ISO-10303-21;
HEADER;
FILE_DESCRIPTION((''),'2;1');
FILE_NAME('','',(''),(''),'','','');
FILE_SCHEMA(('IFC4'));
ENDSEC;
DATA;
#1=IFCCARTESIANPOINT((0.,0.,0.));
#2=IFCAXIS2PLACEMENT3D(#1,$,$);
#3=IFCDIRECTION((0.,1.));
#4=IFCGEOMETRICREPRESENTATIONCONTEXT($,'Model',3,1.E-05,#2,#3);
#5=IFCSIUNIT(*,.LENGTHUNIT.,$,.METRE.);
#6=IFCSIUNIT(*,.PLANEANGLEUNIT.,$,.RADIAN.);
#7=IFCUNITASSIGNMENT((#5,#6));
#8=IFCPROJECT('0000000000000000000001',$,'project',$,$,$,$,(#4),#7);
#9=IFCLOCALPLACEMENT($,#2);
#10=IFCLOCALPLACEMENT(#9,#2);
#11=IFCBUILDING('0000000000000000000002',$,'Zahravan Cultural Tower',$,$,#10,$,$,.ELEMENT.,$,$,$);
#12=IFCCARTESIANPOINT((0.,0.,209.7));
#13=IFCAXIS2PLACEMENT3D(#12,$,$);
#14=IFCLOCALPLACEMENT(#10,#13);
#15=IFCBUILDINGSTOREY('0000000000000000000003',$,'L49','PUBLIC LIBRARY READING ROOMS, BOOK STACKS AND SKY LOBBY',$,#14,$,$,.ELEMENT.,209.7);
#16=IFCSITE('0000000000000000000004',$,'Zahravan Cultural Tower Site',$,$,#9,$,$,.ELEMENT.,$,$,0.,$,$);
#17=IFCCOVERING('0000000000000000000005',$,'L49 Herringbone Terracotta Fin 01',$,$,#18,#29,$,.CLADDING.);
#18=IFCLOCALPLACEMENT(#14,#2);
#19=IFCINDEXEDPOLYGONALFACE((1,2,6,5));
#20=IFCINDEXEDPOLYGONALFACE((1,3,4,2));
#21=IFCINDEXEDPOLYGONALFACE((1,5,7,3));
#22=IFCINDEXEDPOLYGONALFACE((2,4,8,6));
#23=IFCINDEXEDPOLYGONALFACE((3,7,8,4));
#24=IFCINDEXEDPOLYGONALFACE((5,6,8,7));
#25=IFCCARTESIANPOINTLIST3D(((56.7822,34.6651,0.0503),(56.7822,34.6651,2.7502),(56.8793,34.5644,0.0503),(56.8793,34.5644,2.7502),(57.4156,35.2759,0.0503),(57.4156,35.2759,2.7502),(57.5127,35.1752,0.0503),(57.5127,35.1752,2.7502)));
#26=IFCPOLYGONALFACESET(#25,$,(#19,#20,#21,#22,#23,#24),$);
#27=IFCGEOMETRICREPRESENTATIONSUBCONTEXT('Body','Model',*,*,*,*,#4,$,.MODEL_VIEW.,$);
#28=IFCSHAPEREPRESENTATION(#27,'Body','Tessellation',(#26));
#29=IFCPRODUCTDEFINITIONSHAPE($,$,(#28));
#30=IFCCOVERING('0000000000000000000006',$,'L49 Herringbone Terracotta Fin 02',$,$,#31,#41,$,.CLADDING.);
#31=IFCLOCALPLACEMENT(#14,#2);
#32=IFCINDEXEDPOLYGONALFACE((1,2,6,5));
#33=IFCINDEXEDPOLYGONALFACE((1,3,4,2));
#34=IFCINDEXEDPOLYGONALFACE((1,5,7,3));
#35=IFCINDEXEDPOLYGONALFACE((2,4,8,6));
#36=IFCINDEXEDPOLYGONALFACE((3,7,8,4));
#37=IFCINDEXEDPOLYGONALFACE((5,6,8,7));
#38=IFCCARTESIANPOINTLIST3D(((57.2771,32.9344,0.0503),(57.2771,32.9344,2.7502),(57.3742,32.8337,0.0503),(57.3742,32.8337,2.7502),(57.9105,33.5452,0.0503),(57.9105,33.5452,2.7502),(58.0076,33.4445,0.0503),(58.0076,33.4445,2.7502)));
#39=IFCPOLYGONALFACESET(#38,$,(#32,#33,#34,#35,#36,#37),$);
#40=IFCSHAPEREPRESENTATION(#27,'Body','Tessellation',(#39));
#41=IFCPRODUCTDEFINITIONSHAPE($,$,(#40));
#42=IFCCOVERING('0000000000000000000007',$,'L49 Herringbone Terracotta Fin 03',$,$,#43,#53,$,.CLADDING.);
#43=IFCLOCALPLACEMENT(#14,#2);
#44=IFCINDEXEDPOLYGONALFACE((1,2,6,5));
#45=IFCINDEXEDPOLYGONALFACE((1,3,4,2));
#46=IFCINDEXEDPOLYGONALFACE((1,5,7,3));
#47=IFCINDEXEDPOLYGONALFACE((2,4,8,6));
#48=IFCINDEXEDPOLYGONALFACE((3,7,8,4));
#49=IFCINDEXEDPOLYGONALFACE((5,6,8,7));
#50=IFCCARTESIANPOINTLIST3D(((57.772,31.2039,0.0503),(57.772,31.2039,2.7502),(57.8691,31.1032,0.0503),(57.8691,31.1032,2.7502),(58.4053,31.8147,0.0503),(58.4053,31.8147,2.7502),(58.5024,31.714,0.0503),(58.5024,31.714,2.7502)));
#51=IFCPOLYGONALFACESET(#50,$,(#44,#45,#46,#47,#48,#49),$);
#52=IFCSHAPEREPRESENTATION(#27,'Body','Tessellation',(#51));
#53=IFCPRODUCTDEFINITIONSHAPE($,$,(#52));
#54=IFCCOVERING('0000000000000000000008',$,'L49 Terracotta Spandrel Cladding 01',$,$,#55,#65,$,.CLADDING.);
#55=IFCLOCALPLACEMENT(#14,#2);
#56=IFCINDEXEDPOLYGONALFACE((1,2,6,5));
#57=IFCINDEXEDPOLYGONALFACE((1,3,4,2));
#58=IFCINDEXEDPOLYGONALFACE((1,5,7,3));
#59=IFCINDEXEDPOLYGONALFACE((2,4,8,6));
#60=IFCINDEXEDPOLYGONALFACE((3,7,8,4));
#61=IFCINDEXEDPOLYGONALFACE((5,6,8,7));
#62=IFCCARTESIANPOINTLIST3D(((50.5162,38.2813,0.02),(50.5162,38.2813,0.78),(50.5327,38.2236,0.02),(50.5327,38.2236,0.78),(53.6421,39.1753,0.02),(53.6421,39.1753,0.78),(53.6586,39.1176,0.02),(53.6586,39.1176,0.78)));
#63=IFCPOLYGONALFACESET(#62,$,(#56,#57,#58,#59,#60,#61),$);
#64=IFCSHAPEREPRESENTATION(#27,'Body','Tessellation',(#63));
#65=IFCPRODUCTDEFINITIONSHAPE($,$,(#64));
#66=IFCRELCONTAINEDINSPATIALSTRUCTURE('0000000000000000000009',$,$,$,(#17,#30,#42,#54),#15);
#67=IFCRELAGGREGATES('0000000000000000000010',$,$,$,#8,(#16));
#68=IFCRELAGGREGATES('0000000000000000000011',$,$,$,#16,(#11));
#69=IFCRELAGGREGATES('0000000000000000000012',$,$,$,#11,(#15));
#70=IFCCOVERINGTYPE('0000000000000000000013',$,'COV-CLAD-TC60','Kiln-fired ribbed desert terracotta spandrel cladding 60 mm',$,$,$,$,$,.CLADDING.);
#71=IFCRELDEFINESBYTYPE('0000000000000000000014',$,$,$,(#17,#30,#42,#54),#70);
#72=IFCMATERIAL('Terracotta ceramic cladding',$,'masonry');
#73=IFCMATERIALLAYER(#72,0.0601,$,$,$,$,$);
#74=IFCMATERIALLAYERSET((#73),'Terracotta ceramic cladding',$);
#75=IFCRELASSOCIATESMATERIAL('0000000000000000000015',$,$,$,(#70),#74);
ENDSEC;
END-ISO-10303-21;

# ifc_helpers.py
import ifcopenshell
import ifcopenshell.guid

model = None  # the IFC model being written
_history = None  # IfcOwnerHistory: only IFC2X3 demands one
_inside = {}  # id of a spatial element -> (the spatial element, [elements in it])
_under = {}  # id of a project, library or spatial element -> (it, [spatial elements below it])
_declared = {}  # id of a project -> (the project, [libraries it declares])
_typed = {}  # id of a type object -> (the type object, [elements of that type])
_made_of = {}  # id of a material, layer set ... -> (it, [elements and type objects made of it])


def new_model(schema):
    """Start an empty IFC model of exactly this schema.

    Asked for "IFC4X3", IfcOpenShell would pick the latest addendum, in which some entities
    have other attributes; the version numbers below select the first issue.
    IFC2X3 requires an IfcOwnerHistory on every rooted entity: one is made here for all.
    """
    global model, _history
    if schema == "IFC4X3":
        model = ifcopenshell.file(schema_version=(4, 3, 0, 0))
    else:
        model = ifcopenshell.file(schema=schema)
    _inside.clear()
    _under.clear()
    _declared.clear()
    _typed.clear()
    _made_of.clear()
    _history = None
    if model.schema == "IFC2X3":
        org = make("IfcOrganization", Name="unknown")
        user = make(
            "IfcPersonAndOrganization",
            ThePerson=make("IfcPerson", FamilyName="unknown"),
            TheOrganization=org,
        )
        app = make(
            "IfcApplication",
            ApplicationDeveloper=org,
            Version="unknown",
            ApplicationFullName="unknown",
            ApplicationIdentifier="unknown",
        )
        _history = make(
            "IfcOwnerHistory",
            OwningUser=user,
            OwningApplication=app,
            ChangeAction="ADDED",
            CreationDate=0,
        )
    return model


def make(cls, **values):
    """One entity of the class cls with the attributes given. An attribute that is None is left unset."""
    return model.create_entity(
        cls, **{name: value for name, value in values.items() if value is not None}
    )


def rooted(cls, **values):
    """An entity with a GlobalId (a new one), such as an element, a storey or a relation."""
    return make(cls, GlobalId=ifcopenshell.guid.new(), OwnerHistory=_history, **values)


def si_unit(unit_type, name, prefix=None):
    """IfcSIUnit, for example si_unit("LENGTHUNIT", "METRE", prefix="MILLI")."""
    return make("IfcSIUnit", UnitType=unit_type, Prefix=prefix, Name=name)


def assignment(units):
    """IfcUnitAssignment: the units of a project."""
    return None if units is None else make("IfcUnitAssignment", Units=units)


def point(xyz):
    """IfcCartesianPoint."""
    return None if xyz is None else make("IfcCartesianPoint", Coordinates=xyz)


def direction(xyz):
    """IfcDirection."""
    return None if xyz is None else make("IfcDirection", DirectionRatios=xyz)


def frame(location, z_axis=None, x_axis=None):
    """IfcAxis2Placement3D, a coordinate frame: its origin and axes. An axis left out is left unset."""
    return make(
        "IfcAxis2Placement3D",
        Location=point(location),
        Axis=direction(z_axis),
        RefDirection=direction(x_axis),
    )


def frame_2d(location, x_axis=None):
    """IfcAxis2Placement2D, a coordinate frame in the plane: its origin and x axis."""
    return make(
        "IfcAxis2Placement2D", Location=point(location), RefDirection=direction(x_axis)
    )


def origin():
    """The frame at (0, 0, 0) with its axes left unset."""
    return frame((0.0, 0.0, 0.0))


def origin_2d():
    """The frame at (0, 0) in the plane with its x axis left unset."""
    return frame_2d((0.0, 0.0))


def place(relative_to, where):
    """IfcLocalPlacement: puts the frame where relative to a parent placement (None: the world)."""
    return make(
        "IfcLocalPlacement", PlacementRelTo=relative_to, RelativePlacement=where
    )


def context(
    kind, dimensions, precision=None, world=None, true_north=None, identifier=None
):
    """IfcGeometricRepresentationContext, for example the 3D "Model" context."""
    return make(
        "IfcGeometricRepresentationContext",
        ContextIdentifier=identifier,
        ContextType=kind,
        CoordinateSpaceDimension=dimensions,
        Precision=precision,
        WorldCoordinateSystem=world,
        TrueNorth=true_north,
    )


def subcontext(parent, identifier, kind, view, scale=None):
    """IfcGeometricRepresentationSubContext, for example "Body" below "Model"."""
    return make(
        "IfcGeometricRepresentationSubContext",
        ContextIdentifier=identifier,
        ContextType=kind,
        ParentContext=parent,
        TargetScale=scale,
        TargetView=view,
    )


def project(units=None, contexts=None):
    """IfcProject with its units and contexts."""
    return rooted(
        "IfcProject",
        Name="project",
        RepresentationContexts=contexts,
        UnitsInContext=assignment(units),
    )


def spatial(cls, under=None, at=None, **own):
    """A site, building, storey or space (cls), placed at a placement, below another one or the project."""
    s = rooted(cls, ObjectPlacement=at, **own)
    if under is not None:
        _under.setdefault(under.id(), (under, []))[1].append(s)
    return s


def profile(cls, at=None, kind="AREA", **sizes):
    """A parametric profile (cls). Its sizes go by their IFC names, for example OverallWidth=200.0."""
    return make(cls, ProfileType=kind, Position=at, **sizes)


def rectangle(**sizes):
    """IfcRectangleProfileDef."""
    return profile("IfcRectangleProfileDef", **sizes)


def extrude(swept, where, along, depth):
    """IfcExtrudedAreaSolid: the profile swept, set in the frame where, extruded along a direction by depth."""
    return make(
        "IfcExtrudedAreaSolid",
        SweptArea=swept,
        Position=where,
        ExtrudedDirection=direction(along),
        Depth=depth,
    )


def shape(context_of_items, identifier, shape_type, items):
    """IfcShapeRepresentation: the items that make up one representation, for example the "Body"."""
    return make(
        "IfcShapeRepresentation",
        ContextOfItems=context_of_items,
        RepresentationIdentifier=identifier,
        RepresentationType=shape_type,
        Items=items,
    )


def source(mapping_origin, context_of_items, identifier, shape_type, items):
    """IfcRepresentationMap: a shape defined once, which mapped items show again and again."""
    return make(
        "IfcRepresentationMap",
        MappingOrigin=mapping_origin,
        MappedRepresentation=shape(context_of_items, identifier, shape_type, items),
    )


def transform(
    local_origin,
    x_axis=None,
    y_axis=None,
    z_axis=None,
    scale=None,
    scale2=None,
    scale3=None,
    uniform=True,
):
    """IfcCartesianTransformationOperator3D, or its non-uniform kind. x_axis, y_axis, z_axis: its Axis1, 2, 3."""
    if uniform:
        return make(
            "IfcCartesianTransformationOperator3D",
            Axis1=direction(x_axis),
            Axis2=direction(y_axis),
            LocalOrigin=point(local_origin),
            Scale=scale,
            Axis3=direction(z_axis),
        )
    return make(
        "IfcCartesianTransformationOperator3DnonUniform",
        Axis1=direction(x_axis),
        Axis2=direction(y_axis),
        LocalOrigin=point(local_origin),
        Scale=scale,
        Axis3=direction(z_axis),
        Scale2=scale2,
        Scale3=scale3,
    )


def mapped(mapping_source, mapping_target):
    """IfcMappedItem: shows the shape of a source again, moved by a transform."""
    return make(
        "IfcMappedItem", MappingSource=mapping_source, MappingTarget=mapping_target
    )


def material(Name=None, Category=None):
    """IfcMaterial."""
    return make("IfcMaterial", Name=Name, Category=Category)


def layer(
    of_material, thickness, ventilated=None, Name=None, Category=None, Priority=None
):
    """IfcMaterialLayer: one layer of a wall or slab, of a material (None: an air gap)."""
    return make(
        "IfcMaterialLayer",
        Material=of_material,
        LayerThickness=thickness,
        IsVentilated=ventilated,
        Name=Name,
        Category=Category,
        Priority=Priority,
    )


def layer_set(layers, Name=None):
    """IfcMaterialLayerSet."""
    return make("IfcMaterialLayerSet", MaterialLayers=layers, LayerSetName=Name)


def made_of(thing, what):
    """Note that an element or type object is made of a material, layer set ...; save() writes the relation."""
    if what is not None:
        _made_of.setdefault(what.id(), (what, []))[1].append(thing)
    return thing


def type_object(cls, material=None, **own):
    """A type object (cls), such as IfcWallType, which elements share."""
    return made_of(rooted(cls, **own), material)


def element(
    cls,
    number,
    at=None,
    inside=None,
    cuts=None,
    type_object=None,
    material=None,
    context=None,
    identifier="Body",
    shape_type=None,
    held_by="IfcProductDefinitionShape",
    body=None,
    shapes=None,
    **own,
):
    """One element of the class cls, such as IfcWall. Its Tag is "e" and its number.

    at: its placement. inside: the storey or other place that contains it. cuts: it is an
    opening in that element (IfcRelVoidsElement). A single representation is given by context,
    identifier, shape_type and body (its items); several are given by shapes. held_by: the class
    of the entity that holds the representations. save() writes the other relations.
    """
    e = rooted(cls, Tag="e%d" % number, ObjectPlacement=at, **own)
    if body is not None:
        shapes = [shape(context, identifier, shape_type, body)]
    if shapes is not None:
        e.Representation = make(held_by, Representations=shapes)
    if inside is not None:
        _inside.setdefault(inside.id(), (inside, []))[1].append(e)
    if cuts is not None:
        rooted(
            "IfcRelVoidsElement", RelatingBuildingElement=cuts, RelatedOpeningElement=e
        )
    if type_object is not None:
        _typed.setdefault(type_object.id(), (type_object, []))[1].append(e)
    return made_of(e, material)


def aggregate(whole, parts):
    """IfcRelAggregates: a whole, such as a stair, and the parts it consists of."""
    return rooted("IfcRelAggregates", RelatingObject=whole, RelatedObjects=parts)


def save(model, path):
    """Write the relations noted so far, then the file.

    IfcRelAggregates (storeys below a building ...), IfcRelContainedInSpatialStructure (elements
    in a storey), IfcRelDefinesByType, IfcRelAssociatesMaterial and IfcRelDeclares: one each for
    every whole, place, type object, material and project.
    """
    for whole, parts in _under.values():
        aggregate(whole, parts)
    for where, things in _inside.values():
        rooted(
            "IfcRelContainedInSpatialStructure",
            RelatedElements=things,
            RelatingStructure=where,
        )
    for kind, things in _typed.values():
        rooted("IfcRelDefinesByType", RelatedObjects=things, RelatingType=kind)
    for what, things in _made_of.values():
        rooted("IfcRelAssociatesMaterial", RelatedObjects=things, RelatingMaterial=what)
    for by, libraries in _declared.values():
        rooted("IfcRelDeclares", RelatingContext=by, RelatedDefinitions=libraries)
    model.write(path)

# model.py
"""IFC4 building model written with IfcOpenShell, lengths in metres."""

from ifc_helpers import new_model, si_unit, direction, frame, origin, origin_2d, place, context, subcontext, project, spatial, rectangle, extrude, source, transform, mapped, material, layer, layer_set, type_object, element, save


model = new_model("IFC4")

# Units and contexts
model_context = context("Model", 3, precision=1e-05, world=origin(), true_north=direction((0.0, 1.0)))
body_context = subcontext(model_context, "Body", "Model", "MODEL_VIEW")
ifc_project = project(units=[si_unit("LENGTHUNIT", "METRE"), si_unit("PLANEANGLEUNIT", "RADIAN")], contexts=[model_context])

# Site, building, storey
site_placement = place(None, origin())
site = spatial("IfcSite", under=ifc_project, at=site_placement, Name="Zahravan Cultural Tower Site", CompositionType="ELEMENT", RefElevation=0.0)
building_placement = place(site_placement, origin())
building = spatial("IfcBuilding", under=site, at=building_placement, Name="Zahravan Cultural Tower", CompositionType="ELEMENT")
storey_placement = place(building_placement, frame((0.0, 0.0, 209.7)))
storey = spatial("IfcBuildingStorey", under=building, at=storey_placement, Name="L49", Description="PUBLIC LIBRARY READING ROOMS, BOOK STACKS AND SKY LOBBY", CompositionType="ELEMENT", Elevation=209.7)

# Coverings
ifc_material_1 = material(Name="Terracotta ceramic cladding", Category="masonry")
ifc_layer_1 = layer(ifc_material_1, 0.0601)
ifc_layer_set_1 = layer_set([ifc_layer_1], Name="Terracotta ceramic cladding")
covering_type = type_object("IfcCoveringType", Name="COV-CLAD-TC60", Description="Kiln-fired ribbed desert terracotta spandrel cladding 60 mm", PredefinedType="CLADDING", material=ifc_layer_set_1)
shared_shape_1 = source(origin(), body_context, "Body", "SweptSolid", [
    extrude(rectangle(XDim=0.8799, YDim=0.1399, at=origin_2d()), origin(), (0.0, 0.0, 1.0), 2.7),
])
for number, where, z_axis, x_axis, name in (
    (1, (57.1475, 34.9202, 0.0503), (0.0, 0.0, 1.0), (0.719825, 0.694156, 0.0), "L49 Herringbone Terracotta Fin 01"),
    (2, (57.6423, 33.1895, 0.0503), (0.0, 0.0, 1.0), (0.719825, 0.694156, 0.0), "L49 Herringbone Terracotta Fin 02"),
    (3, (58.1372, 31.459, 0.0503), (0.0, 0.0, 1.0), (0.719825, 0.694156, 0.0), "L49 Herringbone Terracotta Fin 03"),
):
    element("IfcCovering", number, at=place(storey_placement, frame(where, z_axis=z_axis, x_axis=x_axis)), inside=storey, type_object=covering_type, Name=name, PredefinedType="CLADDING", context=body_context, shape_type="MappedRepresentation", body=[
        mapped(shared_shape_1, transform((0.0, 0.0, 0.0), x_axis=(1.0, 0.0, 0.0), y_axis=(0.0, 1.0, 0.0), z_axis=(0.0, 0.0, 1.0), scale=1.0)),
    ])
shared_shape_2 = source(origin(), body_context, "Body", "SweptSolid", [
    extrude(rectangle(XDim=3.2512, YDim=0.0601, at=origin_2d()), origin(), (0.0, 0.0, 1.0), 0.76),
])
covering_1_placement = place(storey_placement, frame((52.0874, 38.6995, 0.02), z_axis=(0.0, 0.0, 1.0), x_axis=(0.961449, 0.274983, 0.0)))
element("IfcCovering", 4, at=covering_1_placement, inside=storey, type_object=covering_type, Name="L49 Terracotta Spandrel Cladding 01", PredefinedType="CLADDING", context=body_context, shape_type="MappedRepresentation", body=[
    mapped(shared_shape_2, transform((0.0, 0.0, 0.0), x_axis=(1.0, 0.0, 0.0), y_axis=(0.0, 1.0, 0.0), z_axis=(0.0, 0.0, 1.0), scale=1.0)),
])

save(model, "model.ifc")
